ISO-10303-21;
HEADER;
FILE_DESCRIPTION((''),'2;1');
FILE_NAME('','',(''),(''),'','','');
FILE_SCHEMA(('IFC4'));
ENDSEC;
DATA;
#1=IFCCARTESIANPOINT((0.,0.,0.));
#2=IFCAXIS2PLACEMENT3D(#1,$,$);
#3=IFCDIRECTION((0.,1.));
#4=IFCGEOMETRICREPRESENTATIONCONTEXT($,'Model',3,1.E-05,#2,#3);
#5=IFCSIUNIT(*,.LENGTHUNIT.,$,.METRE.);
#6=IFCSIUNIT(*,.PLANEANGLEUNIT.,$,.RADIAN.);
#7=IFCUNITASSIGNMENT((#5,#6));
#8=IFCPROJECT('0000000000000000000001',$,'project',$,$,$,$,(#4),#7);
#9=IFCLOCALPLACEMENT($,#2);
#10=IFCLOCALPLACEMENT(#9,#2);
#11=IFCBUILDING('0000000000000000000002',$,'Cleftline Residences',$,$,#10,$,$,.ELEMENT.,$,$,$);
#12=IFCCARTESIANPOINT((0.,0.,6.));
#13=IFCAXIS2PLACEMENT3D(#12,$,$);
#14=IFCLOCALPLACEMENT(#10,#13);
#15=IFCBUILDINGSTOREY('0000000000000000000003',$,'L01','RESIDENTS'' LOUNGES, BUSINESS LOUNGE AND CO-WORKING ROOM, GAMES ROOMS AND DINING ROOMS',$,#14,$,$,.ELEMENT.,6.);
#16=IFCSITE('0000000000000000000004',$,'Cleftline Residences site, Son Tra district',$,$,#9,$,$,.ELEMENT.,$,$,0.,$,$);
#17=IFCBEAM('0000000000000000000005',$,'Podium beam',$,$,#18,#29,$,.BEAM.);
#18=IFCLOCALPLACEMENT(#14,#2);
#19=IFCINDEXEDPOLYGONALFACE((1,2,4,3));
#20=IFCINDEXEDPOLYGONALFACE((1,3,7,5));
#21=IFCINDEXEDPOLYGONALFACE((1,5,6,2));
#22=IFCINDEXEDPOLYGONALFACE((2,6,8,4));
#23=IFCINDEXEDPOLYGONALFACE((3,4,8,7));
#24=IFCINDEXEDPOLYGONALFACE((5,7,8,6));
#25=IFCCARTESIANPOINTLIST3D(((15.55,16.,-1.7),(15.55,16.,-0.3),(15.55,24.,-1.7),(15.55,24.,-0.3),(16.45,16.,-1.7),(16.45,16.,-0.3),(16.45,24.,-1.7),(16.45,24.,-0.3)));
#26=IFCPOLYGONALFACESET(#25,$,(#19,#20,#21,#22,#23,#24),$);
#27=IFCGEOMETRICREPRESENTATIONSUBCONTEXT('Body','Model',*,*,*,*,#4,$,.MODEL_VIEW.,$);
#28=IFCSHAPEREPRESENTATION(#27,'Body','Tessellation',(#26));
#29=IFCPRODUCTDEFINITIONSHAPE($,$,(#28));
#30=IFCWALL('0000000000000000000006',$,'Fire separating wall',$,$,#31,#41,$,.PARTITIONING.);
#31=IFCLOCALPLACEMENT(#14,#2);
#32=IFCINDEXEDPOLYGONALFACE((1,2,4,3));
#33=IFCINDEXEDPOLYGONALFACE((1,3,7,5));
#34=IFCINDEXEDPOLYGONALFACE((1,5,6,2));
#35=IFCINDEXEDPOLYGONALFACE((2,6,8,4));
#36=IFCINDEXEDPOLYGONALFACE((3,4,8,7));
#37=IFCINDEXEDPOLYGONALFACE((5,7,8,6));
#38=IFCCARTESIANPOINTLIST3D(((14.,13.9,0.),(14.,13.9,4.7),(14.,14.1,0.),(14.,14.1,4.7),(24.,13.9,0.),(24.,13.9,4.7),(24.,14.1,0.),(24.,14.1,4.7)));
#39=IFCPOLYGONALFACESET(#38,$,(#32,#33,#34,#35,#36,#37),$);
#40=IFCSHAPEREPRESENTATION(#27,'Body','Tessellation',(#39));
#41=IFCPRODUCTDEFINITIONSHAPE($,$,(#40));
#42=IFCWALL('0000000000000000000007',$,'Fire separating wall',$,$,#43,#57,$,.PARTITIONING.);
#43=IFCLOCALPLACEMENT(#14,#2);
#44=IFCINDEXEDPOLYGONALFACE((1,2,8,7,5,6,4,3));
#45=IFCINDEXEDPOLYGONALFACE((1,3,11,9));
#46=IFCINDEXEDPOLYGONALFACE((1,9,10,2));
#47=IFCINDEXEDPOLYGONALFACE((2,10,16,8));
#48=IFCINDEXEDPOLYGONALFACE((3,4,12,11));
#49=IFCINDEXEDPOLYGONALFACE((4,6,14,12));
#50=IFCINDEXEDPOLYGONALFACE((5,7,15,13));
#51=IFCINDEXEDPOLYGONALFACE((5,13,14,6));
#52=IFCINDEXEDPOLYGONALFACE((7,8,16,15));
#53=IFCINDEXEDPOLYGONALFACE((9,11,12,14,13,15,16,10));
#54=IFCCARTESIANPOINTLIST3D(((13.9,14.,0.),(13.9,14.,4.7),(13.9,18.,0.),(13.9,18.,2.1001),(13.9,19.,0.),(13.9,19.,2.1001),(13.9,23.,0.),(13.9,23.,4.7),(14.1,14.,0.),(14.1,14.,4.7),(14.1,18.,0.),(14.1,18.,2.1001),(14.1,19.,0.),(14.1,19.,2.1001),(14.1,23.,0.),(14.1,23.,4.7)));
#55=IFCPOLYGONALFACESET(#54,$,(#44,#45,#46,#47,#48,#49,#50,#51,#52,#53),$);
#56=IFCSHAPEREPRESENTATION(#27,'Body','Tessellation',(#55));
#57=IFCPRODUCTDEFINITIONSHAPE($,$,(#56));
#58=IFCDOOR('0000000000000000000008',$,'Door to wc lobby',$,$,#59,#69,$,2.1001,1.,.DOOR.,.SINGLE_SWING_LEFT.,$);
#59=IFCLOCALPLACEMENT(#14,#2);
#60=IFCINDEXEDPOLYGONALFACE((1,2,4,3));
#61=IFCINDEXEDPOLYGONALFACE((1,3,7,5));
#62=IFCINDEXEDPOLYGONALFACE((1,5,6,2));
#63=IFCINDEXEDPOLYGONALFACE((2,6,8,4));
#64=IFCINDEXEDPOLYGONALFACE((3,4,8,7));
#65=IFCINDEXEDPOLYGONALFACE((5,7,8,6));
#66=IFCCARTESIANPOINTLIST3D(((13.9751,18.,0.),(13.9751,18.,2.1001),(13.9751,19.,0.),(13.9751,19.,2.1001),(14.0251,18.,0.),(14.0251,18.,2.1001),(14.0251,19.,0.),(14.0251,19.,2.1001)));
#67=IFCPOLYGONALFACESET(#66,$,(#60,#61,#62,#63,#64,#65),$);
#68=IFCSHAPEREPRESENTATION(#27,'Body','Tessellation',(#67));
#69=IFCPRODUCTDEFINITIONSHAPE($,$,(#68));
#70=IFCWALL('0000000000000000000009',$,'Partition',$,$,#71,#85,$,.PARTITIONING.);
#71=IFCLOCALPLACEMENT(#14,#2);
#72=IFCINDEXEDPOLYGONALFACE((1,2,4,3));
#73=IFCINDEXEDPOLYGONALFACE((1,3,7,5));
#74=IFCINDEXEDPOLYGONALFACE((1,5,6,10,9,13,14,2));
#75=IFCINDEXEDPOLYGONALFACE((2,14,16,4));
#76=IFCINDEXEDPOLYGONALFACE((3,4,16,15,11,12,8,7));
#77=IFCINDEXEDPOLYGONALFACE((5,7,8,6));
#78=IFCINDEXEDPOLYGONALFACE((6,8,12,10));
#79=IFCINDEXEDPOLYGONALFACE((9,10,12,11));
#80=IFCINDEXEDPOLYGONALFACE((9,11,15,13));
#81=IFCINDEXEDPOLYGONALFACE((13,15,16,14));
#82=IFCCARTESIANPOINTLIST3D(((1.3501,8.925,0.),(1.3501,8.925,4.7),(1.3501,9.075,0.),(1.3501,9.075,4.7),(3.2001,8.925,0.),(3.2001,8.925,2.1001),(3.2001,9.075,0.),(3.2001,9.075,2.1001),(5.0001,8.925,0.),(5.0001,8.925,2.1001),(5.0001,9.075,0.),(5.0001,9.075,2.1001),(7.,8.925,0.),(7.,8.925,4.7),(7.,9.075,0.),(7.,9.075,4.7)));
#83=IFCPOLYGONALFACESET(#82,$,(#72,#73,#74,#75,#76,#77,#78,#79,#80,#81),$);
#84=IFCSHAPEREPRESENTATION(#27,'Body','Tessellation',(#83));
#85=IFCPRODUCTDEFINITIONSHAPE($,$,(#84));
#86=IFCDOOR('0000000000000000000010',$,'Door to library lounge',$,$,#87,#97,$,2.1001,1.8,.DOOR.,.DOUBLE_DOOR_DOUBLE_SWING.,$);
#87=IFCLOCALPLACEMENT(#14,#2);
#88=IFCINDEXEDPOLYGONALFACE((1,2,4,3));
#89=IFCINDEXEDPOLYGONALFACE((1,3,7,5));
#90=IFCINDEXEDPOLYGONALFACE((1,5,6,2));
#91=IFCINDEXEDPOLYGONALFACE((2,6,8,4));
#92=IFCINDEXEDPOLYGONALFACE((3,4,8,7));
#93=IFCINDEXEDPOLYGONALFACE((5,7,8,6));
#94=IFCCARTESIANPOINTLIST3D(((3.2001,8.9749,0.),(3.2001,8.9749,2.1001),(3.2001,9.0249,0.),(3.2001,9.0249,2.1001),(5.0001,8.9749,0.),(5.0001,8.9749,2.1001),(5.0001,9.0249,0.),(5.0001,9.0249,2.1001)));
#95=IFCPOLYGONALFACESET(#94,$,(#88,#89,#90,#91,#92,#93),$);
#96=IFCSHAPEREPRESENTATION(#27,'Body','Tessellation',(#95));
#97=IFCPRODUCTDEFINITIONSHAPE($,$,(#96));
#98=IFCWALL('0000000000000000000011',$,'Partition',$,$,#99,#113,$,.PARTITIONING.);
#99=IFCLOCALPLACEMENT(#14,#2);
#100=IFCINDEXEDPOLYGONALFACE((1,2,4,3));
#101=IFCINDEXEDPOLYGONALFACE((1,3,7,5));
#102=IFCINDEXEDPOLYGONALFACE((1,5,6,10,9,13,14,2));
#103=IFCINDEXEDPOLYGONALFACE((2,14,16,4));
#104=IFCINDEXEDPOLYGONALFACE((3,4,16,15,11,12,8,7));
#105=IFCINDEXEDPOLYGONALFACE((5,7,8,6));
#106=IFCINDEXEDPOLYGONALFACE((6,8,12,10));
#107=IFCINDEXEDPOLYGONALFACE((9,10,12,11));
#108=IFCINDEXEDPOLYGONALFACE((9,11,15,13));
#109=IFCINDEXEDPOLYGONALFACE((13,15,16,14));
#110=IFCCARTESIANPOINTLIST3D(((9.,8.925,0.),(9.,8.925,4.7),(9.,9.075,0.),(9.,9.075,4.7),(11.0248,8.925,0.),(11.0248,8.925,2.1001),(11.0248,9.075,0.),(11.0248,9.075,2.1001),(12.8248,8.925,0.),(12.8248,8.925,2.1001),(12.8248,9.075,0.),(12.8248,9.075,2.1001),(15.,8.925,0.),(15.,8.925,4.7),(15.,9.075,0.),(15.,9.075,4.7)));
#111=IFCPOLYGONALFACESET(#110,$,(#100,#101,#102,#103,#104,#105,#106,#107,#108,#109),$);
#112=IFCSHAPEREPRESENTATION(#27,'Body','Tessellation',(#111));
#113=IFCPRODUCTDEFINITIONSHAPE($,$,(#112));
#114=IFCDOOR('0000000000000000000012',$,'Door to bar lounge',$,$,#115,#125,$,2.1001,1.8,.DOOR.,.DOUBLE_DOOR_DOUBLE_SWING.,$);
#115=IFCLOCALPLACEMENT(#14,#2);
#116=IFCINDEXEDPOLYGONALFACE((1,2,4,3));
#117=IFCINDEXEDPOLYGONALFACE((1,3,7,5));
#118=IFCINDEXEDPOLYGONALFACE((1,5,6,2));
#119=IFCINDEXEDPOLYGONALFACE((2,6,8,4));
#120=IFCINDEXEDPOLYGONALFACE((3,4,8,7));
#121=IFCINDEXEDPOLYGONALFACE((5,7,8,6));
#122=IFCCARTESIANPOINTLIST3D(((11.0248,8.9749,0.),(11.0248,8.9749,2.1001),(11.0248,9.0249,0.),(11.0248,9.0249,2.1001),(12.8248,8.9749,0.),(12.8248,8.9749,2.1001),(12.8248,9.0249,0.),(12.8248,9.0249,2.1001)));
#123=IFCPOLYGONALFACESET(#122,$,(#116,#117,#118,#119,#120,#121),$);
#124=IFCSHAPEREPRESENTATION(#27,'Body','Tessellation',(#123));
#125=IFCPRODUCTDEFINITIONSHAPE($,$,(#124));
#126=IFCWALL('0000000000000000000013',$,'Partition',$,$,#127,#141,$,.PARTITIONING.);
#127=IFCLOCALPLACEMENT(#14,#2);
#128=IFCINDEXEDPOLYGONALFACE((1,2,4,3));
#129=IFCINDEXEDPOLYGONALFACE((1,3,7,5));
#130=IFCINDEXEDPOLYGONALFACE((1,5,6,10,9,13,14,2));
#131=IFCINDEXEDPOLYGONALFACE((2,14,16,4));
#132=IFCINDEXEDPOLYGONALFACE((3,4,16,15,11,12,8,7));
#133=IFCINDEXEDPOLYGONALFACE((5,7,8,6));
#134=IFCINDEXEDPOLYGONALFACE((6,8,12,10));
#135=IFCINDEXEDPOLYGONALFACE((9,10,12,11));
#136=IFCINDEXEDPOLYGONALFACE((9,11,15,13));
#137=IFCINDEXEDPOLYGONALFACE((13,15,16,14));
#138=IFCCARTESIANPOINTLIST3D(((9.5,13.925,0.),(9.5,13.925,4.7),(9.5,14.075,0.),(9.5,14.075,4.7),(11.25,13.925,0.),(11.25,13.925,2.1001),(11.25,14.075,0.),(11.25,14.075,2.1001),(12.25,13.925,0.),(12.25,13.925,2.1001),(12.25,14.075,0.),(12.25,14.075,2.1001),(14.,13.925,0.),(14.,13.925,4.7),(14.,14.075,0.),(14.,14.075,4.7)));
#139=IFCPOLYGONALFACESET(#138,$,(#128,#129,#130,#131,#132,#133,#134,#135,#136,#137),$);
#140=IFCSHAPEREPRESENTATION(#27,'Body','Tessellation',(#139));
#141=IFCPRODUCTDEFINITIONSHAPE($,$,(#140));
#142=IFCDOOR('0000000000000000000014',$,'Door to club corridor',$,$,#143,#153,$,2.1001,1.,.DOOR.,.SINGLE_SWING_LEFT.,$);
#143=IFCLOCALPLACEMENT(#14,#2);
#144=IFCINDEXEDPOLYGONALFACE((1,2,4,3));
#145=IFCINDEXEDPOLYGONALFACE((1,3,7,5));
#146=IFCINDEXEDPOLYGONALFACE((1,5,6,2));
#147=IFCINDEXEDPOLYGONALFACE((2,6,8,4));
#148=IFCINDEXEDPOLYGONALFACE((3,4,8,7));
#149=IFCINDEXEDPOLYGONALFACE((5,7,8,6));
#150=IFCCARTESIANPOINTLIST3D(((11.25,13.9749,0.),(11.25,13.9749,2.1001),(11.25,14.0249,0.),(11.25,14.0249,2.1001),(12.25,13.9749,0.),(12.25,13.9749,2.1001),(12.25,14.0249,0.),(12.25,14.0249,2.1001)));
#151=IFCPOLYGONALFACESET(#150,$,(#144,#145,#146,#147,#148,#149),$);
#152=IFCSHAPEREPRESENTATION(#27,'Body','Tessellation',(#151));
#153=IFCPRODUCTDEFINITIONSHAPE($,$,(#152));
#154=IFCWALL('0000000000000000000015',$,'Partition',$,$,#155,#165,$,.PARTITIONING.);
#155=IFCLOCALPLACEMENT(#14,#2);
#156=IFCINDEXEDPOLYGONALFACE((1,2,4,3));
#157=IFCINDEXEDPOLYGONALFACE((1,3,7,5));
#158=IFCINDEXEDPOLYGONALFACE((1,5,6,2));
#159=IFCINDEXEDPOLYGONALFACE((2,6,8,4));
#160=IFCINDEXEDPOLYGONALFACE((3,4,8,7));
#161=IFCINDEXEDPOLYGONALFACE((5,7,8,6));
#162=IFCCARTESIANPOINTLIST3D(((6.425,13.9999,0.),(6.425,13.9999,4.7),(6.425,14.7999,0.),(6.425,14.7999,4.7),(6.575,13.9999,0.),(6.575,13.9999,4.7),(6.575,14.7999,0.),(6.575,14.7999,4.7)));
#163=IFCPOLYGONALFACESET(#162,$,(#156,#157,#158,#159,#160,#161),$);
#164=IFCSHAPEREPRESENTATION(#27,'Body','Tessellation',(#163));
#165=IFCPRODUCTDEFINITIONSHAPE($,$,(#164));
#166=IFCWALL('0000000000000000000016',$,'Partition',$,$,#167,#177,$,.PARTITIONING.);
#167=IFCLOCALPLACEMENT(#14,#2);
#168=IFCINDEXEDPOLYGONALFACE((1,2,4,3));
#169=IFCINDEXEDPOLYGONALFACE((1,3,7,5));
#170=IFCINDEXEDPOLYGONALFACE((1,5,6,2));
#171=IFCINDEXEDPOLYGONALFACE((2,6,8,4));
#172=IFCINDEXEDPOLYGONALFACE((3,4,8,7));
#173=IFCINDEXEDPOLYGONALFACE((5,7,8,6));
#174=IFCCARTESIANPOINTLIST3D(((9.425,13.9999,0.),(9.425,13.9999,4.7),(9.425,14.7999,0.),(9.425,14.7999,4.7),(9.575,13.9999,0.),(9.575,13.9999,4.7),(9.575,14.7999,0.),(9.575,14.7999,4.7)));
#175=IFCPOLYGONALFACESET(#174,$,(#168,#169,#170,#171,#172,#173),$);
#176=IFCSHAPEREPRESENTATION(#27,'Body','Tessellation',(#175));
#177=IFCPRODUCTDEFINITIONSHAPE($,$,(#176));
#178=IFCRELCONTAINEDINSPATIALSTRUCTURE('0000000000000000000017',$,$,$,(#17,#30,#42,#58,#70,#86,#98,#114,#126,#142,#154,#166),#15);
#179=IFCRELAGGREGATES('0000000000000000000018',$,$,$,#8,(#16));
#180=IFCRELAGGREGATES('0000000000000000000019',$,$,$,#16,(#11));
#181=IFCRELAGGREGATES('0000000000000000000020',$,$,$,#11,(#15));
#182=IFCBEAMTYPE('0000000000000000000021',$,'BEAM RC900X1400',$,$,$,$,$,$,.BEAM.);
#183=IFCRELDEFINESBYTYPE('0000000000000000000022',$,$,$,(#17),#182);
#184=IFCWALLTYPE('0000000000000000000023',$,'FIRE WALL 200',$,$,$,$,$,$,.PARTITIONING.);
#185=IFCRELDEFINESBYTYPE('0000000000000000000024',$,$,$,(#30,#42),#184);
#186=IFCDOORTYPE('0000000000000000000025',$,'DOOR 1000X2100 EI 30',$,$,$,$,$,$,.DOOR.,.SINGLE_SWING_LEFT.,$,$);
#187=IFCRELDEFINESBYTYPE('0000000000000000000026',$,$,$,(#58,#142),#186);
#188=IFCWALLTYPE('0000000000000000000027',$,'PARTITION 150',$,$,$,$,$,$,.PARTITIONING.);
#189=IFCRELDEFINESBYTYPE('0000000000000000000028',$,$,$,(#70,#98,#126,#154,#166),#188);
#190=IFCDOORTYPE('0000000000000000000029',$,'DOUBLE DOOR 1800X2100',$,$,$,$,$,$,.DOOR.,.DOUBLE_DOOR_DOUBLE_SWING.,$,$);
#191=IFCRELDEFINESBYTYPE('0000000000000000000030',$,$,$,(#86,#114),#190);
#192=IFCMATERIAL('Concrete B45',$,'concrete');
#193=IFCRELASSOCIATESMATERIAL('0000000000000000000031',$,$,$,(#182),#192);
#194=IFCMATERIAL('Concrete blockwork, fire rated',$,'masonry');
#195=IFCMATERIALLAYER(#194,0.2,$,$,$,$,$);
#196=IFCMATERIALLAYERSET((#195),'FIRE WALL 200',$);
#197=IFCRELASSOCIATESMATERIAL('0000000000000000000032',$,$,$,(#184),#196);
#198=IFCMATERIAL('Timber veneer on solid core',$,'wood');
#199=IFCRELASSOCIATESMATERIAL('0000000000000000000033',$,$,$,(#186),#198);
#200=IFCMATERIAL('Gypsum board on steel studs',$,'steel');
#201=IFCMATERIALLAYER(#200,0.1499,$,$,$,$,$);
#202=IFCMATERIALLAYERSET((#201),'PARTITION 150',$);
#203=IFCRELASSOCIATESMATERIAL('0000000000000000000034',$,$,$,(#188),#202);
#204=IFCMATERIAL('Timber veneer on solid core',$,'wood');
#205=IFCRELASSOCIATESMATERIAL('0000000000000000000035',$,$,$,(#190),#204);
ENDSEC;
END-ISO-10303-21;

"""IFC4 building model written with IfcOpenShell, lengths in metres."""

from ifc_helpers import new_model, si_unit, direction, frame, frame_2d, origin, origin_2d, place, context, subcontext, project, spatial, rectangle, extrude, material, layer, layer_set, material_profile, profile_set, type_object, element, fill, save


model = new_model("IFC4")

# Units and contexts
model_context = context("Model", 3, precision=1e-05, world=origin(), true_north=direction((0.0, 1.0)))
body_context = subcontext(model_context, "Body", "Model", "MODEL_VIEW")
ifc_project = project(units=[si_unit("LENGTHUNIT", "METRE"), si_unit("PLANEANGLEUNIT", "RADIAN")], contexts=[model_context])

# Site, building, storey
site_placement = place(None, origin())
site = spatial("IfcSite", under=ifc_project, at=site_placement, Name="Cleftline Residences site, Son Tra district", CompositionType="ELEMENT", RefElevation=0.0)
building_placement = place(site_placement, origin())
building = spatial("IfcBuilding", under=site, at=building_placement, Name="Cleftline Residences", CompositionType="ELEMENT")
storey_placement = place(building_placement, frame((0.0, 0.0, 6.0)))
storey = spatial("IfcBuildingStorey", under=building, at=storey_placement, Name="L01", Description="RESIDENTS' LOUNGES, BUSINESS LOUNGE AND CO-WORKING ROOM, GAMES ROOMS AND DINING ROOMS", CompositionType="ELEMENT", Elevation=6.0)

# Beam
ifc_material_1 = material(Name="Concrete B45", Category="concrete")
ifc_material_profile_1 = material_profile(ifc_material_1, rectangle(XDim=0.8999, YDim=1.3999, at=origin_2d()))
ifc_profile_set_1 = profile_set([ifc_material_profile_1], Name="Concrete B45")
beam_type = type_object("IfcBeamType", Name="BEAM RC900X1400", PredefinedType="BEAM", material=ifc_profile_set_1)
for number, where, z_axis, x_axis, name in (
    (1, (16.0, 16.0, -1.0), (0.0, 1.0, 0.0), (-1.0, 0.0, 0.0), "Podium beam"),
):
    element("IfcBeam", number, at=place(storey_placement, frame(where, z_axis=z_axis, x_axis=x_axis)), inside=storey, type_object=beam_type, Name=name, PredefinedType="BEAM", context=body_context, shape_type="SweptSolid", body=[
        extrude(rectangle(XDim=0.8999, YDim=1.3999, at=origin_2d()), origin(), (0.0, 0.0, 1.0), 8.0),
    ])

# Wall
ifc_material_2 = material(Name="Concrete blockwork, fire rated", Category="masonry")
ifc_layer_1 = layer(ifc_material_2, 0.2)
ifc_layer_set_1 = layer_set([ifc_layer_1], Name="FIRE WALL 200")
wall_type_1 = type_object("IfcWallType", Name="FIRE WALL 200", PredefinedType="PARTITIONING", material=ifc_layer_set_1)
wall_1_placement = place(storey_placement, frame((14.0, 14.0, 0.0), z_axis=(0.0, 0.0, 1.0), x_axis=(1.0, 0.0, 0.0)))
element("IfcWall", 2, at=wall_1_placement, inside=storey, type_object=wall_type_1, Name="Fire separating wall", PredefinedType="PARTITIONING", context=body_context, shape_type="SweptSolid", body=[
    extrude(rectangle(XDim=10.0, YDim=0.2, at=frame_2d((5.0, 0.0))), origin(), (0.0, 0.0, 1.0), 4.7),
])

# Walls, openings, doors
wall_2_placement = place(storey_placement, frame((14.0, 14.0, 0.0), z_axis=(0.0, 0.0, 1.0), x_axis=(0.0, 1.0, 0.0)))
wall_2 = element("IfcWall", 3, at=wall_2_placement, inside=storey, type_object=wall_type_1, Name="Fire separating wall", PredefinedType="PARTITIONING", context=body_context, shape_type="SweptSolid", body=[
    extrude(rectangle(XDim=9.0, YDim=0.2, at=frame_2d((4.5, 0.0))), origin(), (0.0, 0.0, 1.0), 4.7),
])
opening_1_placement = place(wall_2_placement, frame((4.0, 0.0, 0.0)))
opening_1 = element("IfcOpeningElement", 4, at=opening_1_placement, cuts=wall_2, PredefinedType="OPENING", context=body_context, shape_type="SweptSolid", body=[
    extrude(rectangle(XDim=1.0, YDim=2.1001, at=frame_2d((0.5, 1.05))), frame((0.0, 0.1099, 0.0), z_axis=(0.0, -1.0, 0.0), x_axis=(1.0, 0.0, 0.0)), (0.0, 0.0, 1.0), 0.22),
])
ifc_material_3 = material(Name="Timber veneer on solid core", Category="wood")
door_type_1 = type_object("IfcDoorType", Name="DOOR 1000X2100 EI 30", OperationType="SINGLE_SWING_LEFT", PredefinedType="DOOR", material=ifc_material_3)
door_1_placement = place(opening_1_placement, origin())
door_1 = element("IfcDoor", 5, at=door_1_placement, inside=storey, type_object=door_type_1, Name="Door to wc lobby", OperationType="SINGLE_SWING_LEFT", OverallHeight=2.1001, OverallWidth=1.0, PredefinedType="DOOR", context=body_context, shape_type="SweptSolid", body=[
    extrude(rectangle(XDim=1.0, YDim=2.1001, at=frame_2d((0.5, 1.05))), frame((0.0, 0.0249, 0.0), z_axis=(0.0, -1.0, 0.0), x_axis=(1.0, 0.0, 0.0)), (0.0, 0.0, 1.0), 0.05),
])
fill(opening_1, door_1)
ifc_material_4 = material(Name="Gypsum board on steel studs", Category="steel")
ifc_layer_2 = layer(ifc_material_4, 0.1499)
ifc_layer_set_2 = layer_set([ifc_layer_2], Name="PARTITION 150")
wall_type_2 = type_object("IfcWallType", Name="PARTITION 150", PredefinedType="PARTITIONING", material=ifc_layer_set_2)
wall_3_placement = place(storey_placement, frame((1.3501, 9.0, 0.0), z_axis=(0.0, 0.0, 1.0), x_axis=(1.0, 0.0, 0.0)))
wall_3 = element("IfcWall", 6, at=wall_3_placement, inside=storey, type_object=wall_type_2, Name="Partition", PredefinedType="PARTITIONING", context=body_context, shape_type="SweptSolid", body=[
    extrude(rectangle(XDim=5.6499, YDim=0.1499, at=frame_2d((2.825, 0.0))), origin(), (0.0, 0.0, 1.0), 4.7),
])
opening_2_placement = place(wall_3_placement, frame((1.8501, 0.0, 0.0)))
opening_2 = element("IfcOpeningElement", 7, at=opening_2_placement, cuts=wall_3, PredefinedType="OPENING", context=body_context, shape_type="SweptSolid", body=[
    extrude(rectangle(XDim=1.8, YDim=2.1001, at=frame_2d((0.8999, 1.05))), frame((0.0, 0.085, 0.0), z_axis=(0.0, -1.0, 0.0), x_axis=(1.0, 0.0, 0.0)), (0.0, 0.0, 1.0), 0.1699),
])
ifc_material_5 = material(Name="Timber veneer on solid core", Category="wood")
door_type_2 = type_object("IfcDoorType", Name="DOUBLE DOOR 1800X2100", OperationType="DOUBLE_DOOR_DOUBLE_SWING", PredefinedType="DOOR", material=ifc_material_5)
door_2_placement = place(opening_2_placement, origin())
door_2 = element("IfcDoor", 8, at=door_2_placement, inside=storey, type_object=door_type_2, Name="Door to library lounge", OperationType="DOUBLE_DOOR_DOUBLE_SWING", OverallHeight=2.1001, OverallWidth=1.8, PredefinedType="DOOR", context=body_context, shape_type="SweptSolid", body=[
    extrude(rectangle(XDim=1.8, YDim=2.1001, at=frame_2d((0.8999, 1.05))), frame((0.0, 0.0249, 0.0), z_axis=(0.0, -1.0, 0.0), x_axis=(1.0, 0.0, 0.0)), (0.0, 0.0, 1.0), 0.05),
])
fill(opening_2, door_2)
wall_4_placement = place(storey_placement, frame((9.0, 9.0, 0.0), z_axis=(0.0, 0.0, 1.0), x_axis=(1.0, 0.0, 0.0)))
wall_4 = element("IfcWall", 9, at=wall_4_placement, inside=storey, type_object=wall_type_2, Name="Partition", PredefinedType="PARTITIONING", context=body_context, shape_type="SweptSolid", body=[
    extrude(rectangle(XDim=6.0, YDim=0.1499, at=frame_2d((3.0, 0.0))), origin(), (0.0, 0.0, 1.0), 4.7),
])
opening_3_placement = place(wall_4_placement, frame((2.0249, 0.0, 0.0)))
opening_3 = element("IfcOpeningElement", 10, at=opening_3_placement, cuts=wall_4, PredefinedType="OPENING", context=body_context, shape_type="SweptSolid", body=[
    extrude(rectangle(XDim=1.8, YDim=2.1001, at=frame_2d((0.8999, 1.05))), frame((0.0, 0.085, 0.0), z_axis=(0.0, -1.0, 0.0), x_axis=(1.0, 0.0, 0.0)), (0.0, 0.0, 1.0), 0.1699),
])
door_3_placement = place(opening_3_placement, origin())
door_3 = element("IfcDoor", 11, at=door_3_placement, inside=storey, type_object=door_type_2, Name="Door to bar lounge", OperationType="DOUBLE_DOOR_DOUBLE_SWING", OverallHeight=2.1001, OverallWidth=1.8, PredefinedType="DOOR", context=body_context, shape_type="SweptSolid", body=[
    extrude(rectangle(XDim=1.8, YDim=2.1001, at=frame_2d((0.8999, 1.05))), frame((0.0, 0.0249, 0.0), z_axis=(0.0, -1.0, 0.0), x_axis=(1.0, 0.0, 0.0)), (0.0, 0.0, 1.0), 0.05),
])
fill(opening_3, door_3)
wall_5_placement = place(storey_placement, frame((9.5, 14.0, 0.0), z_axis=(0.0, 0.0, 1.0), x_axis=(1.0, 0.0, 0.0)))
wall_5 = element("IfcWall", 12, at=wall_5_placement, inside=storey, type_object=wall_type_2, Name="Partition", PredefinedType="PARTITIONING", context=body_context, shape_type="SweptSolid", body=[
    extrude(rectangle(XDim=4.5, YDim=0.1499, at=frame_2d((2.25, 0.0))), origin(), (0.0, 0.0, 1.0), 4.7),
])
opening_4_placement = place(wall_5_placement, frame((1.75, 0.0, 0.0)))
opening_4 = element("IfcOpeningElement", 13, at=opening_4_placement, cuts=wall_5, PredefinedType="OPENING", context=body_context, shape_type="SweptSolid", body=[
    extrude(rectangle(XDim=1.0, YDim=2.1001, at=frame_2d((0.5, 1.05))), frame((0.0, 0.085, 0.0), z_axis=(0.0, -1.0, 0.0), x_axis=(1.0, 0.0, 0.0)), (0.0, 0.0, 1.0), 0.1699),
])
door_4_placement = place(opening_4_placement, origin())
door_4 = element("IfcDoor", 14, at=door_4_placement, inside=storey, type_object=door_type_1, Name="Door to club corridor", OperationType="SINGLE_SWING_LEFT", OverallHeight=2.1001, OverallWidth=1.0, PredefinedType="DOOR", context=body_context, shape_type="SweptSolid", body=[
    extrude(rectangle(XDim=1.0, YDim=2.1001, at=frame_2d((0.5, 1.05))), frame((0.0, 0.0249, 0.0), z_axis=(0.0, -1.0, 0.0), x_axis=(1.0, 0.0, 0.0)), (0.0, 0.0, 1.0), 0.05),
])
fill(opening_4, door_4)

# Walls
for number, where, z_axis, x_axis, name in (
    (15, (6.5, 14.0, 0.0), (0.0, 0.0, 1.0), (0.0, 1.0, 0.0), "Partition"),
    (16, (9.5, 14.0, 0.0), (0.0, 0.0, 1.0), (0.0, 1.0, 0.0), "Partition"),
):
    element("IfcWall", number, at=place(storey_placement, frame(where, z_axis=z_axis, x_axis=x_axis)), inside=storey, type_object=wall_type_2, Name=name, PredefinedType="PARTITIONING", context=body_context, shape_type="SweptSolid", body=[
        extrude(rectangle(XDim=0.8, YDim=0.1499, at=frame_2d((0.3999, 0.0))), origin(), (0.0, 0.0, 1.0), 4.7),
    ])

save(model, "model.ifc")
